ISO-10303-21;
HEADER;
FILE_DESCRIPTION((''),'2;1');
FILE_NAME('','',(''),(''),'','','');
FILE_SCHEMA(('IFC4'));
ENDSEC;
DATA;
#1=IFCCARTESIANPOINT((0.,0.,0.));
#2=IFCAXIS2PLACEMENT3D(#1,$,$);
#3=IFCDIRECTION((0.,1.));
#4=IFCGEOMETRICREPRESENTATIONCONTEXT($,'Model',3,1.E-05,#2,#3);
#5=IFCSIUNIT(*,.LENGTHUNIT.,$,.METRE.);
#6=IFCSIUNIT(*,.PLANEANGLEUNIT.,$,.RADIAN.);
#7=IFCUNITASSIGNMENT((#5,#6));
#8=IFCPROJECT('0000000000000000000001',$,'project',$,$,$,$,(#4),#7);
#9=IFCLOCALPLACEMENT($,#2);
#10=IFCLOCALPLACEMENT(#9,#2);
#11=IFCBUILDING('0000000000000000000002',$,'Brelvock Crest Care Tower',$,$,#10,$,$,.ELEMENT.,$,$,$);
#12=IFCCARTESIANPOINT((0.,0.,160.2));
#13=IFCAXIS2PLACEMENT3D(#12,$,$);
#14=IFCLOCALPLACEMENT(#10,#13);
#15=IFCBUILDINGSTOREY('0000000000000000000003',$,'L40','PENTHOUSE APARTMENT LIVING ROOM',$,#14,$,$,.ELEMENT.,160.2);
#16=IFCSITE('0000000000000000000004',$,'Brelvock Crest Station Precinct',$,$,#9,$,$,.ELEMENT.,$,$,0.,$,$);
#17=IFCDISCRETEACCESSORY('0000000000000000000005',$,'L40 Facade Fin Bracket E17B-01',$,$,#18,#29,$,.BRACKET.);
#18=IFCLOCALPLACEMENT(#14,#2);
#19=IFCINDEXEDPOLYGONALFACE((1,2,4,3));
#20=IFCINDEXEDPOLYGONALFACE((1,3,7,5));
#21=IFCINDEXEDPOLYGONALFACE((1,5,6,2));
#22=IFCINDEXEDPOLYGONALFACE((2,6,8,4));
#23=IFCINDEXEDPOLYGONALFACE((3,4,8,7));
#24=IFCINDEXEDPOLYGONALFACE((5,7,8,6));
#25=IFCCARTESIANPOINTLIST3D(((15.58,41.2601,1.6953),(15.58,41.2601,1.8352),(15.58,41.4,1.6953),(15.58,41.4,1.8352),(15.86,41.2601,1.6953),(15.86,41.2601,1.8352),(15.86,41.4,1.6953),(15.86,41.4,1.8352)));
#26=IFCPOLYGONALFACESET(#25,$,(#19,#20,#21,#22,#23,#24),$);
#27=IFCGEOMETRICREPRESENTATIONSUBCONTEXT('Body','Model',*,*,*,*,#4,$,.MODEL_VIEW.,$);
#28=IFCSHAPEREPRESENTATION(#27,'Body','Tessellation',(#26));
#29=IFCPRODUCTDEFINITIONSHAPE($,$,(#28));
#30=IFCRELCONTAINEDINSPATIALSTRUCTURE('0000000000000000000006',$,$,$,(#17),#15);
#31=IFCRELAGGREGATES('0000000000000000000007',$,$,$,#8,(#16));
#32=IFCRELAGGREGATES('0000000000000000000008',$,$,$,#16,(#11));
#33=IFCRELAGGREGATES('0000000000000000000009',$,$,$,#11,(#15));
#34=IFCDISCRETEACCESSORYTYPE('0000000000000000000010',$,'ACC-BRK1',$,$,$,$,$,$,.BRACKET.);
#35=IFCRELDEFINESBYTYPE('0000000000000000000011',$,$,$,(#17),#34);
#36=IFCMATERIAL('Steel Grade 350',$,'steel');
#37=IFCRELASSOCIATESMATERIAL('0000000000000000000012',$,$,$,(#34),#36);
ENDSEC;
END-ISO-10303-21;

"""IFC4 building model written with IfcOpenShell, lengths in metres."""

from ifc_helpers import new_model, si_unit, direction, frame, origin, origin_2d, place, context, subcontext, project, spatial, rectangle, extrude, source, transform, mapped, material, type_object, element, save


model = new_model("IFC4")

# Units and contexts
model_context = context("Model", 3, precision=1e-05, world=origin(), true_north=direction((0.0, 1.0)))
body_context = subcontext(model_context, "Body", "Model", "MODEL_VIEW")
ifc_project = project(units=[si_unit("LENGTHUNIT", "METRE"), si_unit("PLANEANGLEUNIT", "RADIAN")], contexts=[model_context])

# Site, building, storey
site_placement = place(None, origin())
site = spatial("IfcSite", under=ifc_project, at=site_placement, Name="Brelvock Crest Station Precinct", CompositionType="ELEMENT", RefElevation=0.0)
building_placement = place(site_placement, origin())
building = spatial("IfcBuilding", under=site, at=building_placement, Name="Brelvock Crest Care Tower", CompositionType="ELEMENT")
storey_placement = place(building_placement, frame((0.0, 0.0, 160.2)))
storey = spatial("IfcBuildingStorey", under=building, at=storey_placement, Name="L40", Description="PENTHOUSE APARTMENT LIVING ROOM", CompositionType="ELEMENT", Elevation=160.2)

# Shared definitions
ifc_material_1 = material(Name="Steel Grade 350", Category="steel")

# Discrete accessory
discrete_accessory_type = type_object("IfcDiscreteAccessoryType", Name="ACC-BRK1", PredefinedType="BRACKET", material=ifc_material_1)
shared_shape_1 = source(origin(), body_context, "Body", "SweptSolid", [
    extrude(rectangle(XDim=0.28, YDim=0.1399, at=origin_2d()), origin(), (0.0, 0.0, 1.0), 0.1399),
])
for number, where, z_axis, x_axis, name in (
    (1, (15.72, 41.3301, 1.6953), (0.0, 0.0, 1.0), (-1.0, 0.0, 0.0), "L40 Facade Fin Bracket E17B-01"),
):
    element("IfcDiscreteAccessory", number, at=place(storey_placement, frame(where, z_axis=z_axis, x_axis=x_axis)), inside=storey, type_object=discrete_accessory_type, Name=name, PredefinedType="BRACKET", context=body_context, shape_type="MappedRepresentation", body=[
        mapped(shared_shape_1, transform((0.0, 0.0, 0.0), x_axis=(1.0, 0.0, 0.0), y_axis=(0.0, 1.0, 0.0), z_axis=(0.0, 0.0, 1.0), scale=1.0)),
    ])

save(model, "model.ifc")
